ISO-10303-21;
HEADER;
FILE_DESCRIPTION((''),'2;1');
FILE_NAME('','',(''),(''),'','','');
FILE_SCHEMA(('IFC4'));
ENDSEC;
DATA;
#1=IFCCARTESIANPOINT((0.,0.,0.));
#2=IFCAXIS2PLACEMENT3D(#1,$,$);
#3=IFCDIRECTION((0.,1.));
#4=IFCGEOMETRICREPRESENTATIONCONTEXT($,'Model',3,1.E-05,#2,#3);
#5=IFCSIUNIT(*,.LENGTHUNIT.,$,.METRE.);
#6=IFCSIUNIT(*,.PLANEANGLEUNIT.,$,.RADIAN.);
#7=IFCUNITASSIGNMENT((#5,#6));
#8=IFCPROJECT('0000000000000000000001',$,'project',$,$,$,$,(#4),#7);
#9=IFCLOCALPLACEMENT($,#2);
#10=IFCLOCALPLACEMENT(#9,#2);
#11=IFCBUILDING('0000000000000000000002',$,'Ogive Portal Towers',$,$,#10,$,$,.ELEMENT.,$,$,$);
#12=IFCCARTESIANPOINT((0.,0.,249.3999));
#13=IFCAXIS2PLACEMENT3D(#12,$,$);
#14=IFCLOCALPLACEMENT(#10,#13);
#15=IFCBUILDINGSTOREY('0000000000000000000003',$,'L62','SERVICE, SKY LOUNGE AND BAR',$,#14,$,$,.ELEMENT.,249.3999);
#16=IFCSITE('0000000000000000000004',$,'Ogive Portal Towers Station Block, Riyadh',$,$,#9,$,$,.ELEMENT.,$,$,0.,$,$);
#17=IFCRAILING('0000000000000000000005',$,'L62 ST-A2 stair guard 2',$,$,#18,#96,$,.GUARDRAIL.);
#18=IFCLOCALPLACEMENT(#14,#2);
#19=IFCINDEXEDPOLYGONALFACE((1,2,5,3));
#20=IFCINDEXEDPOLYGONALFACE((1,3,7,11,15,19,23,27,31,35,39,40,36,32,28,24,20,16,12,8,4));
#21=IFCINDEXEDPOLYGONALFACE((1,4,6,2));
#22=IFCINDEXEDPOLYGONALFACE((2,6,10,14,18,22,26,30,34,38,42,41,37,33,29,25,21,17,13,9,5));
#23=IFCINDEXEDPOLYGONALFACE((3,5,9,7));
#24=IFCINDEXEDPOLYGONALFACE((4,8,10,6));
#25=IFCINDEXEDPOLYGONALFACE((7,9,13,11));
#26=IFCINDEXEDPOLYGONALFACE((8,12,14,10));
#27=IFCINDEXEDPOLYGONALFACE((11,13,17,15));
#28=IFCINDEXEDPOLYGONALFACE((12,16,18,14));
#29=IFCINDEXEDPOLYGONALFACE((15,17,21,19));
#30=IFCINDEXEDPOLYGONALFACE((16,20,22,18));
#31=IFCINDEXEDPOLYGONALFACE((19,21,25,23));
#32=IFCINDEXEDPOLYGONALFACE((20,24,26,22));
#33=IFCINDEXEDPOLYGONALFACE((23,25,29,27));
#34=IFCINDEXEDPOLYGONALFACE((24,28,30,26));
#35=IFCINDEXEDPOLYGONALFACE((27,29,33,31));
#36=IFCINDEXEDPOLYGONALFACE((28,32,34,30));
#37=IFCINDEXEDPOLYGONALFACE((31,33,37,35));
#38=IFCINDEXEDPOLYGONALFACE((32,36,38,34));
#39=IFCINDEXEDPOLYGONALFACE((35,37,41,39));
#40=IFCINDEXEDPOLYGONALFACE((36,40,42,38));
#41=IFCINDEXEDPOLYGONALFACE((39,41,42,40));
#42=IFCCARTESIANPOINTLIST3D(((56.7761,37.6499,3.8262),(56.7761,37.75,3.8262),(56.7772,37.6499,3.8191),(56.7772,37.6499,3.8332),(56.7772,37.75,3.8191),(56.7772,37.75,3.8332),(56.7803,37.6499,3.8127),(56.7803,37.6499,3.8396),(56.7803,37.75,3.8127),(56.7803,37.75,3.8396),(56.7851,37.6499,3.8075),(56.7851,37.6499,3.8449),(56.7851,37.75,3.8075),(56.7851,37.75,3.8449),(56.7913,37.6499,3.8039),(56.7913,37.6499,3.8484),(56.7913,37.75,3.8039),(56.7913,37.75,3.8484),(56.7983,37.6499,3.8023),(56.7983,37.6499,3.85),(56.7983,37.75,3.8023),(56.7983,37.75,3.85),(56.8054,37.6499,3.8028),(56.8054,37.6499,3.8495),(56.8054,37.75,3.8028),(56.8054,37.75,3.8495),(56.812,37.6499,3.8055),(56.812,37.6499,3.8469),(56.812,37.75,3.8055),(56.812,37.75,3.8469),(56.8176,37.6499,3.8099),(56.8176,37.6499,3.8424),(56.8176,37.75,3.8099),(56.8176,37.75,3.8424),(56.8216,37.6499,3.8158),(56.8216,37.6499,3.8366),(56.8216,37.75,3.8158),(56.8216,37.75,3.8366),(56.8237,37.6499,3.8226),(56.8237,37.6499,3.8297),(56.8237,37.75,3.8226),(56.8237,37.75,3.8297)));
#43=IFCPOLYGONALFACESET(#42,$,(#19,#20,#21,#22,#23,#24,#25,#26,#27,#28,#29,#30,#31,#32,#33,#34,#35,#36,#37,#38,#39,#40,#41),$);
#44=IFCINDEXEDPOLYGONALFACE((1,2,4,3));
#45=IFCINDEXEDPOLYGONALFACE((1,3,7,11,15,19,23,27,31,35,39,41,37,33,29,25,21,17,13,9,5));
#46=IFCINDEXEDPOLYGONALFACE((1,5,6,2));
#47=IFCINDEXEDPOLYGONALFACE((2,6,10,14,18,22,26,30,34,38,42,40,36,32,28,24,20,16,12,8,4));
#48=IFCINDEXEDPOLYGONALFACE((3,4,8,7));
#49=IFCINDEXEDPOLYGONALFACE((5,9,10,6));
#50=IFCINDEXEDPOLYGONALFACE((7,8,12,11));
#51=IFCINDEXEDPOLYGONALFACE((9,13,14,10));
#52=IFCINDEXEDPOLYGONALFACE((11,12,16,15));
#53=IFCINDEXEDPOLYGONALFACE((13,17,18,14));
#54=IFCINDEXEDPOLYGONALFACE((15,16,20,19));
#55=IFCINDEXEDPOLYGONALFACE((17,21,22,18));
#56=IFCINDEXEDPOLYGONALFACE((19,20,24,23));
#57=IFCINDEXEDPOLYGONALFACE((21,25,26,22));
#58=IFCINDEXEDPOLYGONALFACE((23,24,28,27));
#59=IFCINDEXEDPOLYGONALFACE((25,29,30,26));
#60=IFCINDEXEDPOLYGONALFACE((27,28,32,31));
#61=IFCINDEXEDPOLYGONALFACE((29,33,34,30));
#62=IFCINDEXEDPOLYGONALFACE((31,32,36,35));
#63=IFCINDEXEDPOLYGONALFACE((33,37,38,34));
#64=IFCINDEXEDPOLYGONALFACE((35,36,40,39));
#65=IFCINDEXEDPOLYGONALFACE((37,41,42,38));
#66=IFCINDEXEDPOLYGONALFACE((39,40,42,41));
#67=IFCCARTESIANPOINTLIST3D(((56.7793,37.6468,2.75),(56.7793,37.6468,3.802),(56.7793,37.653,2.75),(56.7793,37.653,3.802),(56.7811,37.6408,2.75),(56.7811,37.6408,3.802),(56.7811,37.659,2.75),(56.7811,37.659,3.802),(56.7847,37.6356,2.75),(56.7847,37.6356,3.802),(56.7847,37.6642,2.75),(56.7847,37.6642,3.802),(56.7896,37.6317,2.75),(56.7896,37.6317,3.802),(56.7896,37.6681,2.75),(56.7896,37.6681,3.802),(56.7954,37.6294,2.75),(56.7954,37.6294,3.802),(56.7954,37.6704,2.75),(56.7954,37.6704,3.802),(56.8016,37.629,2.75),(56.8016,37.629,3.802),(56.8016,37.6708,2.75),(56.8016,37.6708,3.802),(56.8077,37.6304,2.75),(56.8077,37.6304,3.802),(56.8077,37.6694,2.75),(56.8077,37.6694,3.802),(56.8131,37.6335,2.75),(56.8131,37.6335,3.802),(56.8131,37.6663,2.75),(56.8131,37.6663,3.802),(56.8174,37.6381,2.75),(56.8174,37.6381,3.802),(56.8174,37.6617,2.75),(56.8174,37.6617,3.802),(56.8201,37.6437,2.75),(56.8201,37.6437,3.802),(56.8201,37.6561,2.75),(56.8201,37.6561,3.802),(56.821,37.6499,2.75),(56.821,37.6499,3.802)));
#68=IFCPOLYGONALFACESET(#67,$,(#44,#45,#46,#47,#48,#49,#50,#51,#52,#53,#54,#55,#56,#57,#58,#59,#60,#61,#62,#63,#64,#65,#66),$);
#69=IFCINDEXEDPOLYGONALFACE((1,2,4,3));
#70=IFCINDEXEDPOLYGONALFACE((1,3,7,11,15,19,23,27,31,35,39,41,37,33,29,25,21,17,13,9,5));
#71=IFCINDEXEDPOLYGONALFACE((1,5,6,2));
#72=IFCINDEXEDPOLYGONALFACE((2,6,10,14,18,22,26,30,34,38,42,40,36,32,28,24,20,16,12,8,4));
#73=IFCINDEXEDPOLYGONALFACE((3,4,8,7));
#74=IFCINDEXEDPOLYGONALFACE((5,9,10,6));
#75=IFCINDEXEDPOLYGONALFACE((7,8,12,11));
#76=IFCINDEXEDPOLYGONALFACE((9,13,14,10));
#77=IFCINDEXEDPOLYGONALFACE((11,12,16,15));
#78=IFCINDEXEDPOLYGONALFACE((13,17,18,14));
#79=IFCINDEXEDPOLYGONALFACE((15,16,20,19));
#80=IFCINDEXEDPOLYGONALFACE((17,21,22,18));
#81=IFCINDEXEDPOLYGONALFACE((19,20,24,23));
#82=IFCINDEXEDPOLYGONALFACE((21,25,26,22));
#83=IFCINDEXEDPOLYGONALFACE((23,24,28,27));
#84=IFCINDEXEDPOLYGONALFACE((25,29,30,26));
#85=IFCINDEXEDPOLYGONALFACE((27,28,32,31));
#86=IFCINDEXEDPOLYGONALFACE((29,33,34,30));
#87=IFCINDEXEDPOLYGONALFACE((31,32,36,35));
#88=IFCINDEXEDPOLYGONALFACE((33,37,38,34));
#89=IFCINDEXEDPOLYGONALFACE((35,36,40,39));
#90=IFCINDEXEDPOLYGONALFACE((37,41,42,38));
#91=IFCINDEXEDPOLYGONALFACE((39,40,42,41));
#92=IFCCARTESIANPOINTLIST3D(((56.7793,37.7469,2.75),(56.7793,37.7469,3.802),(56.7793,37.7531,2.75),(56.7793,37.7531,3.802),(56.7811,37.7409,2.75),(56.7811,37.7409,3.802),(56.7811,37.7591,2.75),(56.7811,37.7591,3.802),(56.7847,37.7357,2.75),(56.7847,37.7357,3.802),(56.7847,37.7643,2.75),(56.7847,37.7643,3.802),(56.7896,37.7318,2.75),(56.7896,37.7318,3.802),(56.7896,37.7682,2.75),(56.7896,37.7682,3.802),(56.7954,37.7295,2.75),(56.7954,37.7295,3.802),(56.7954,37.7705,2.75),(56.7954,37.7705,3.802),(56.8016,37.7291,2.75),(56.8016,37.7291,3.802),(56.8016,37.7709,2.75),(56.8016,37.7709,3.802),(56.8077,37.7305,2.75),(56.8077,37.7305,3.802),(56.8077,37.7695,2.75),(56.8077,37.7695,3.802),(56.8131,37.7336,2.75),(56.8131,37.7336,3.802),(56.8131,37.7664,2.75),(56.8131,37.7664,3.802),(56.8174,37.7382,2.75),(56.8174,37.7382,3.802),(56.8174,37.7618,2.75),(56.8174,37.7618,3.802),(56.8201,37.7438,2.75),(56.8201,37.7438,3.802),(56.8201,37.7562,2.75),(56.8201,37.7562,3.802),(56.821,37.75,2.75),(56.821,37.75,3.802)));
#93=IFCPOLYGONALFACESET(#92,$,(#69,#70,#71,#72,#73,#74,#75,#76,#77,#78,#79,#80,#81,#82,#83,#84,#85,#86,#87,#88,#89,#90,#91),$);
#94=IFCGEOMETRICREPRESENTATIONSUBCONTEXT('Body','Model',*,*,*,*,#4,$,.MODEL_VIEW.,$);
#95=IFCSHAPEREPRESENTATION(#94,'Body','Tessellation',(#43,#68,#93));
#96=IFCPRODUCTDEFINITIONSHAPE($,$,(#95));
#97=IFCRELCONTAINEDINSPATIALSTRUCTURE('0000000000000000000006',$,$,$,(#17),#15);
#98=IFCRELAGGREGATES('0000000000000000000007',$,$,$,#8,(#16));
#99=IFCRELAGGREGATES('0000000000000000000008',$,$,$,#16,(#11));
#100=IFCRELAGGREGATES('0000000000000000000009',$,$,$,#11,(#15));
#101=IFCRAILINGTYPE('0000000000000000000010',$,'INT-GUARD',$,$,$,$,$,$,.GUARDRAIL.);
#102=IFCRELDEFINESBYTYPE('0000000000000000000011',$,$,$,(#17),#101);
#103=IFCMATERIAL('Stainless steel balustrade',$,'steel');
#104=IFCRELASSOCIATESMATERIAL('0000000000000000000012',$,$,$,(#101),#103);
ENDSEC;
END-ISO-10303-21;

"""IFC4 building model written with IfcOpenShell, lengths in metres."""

from ifc_helpers import new_model, si_unit, direction, frame, origin, origin_2d, place, context, subcontext, project, spatial, circle, extrude, material, type_object, element, save


model = new_model("IFC4")

# Units and contexts
model_context = context("Model", 3, precision=1e-05, world=origin(), true_north=direction((0.0, 1.0)))
body_context = subcontext(model_context, "Body", "Model", "MODEL_VIEW")
ifc_project = project(units=[si_unit("LENGTHUNIT", "METRE"), si_unit("PLANEANGLEUNIT", "RADIAN")], contexts=[model_context])

# Site, building, storey
site_placement = place(None, origin())
site = spatial("IfcSite", under=ifc_project, at=site_placement, Name="Ogive Portal Towers Station Block, Riyadh", CompositionType="ELEMENT", RefElevation=0.0)
building_placement = place(site_placement, origin())
building = spatial("IfcBuilding", under=site, at=building_placement, Name="Ogive Portal Towers", CompositionType="ELEMENT")
storey_placement = place(building_placement, frame((0.0, 0.0, 249.3999)))
storey = spatial("IfcBuildingStorey", under=building, at=storey_placement, Name="L62", Description="SERVICE, SKY LOUNGE AND BAR", CompositionType="ELEMENT", Elevation=249.3999)

# Railing
ifc_material_1 = material(Name="Stainless steel balustrade", Category="steel")
railing_type_1 = type_object("IfcRailingType", Name="INT-GUARD", PredefinedType="GUARDRAIL", material=ifc_material_1)
railing_1_placement = place(storey_placement, frame((56.8, 37.6499, 2.75)))
element("IfcRailing", 1, at=railing_1_placement, inside=storey, type_object=railing_type_1, Name="L62 ST-A2 stair guard 2", PredefinedType="GUARDRAIL", context=body_context, shape_type="SweptSolid", body=[
    extrude(circle(Radius=0.0239, at=origin_2d()), frame((0.0, 0.0, 1.0762), z_axis=(0.0, 1.0, 0.0), x_axis=(-1.0, 0.0, 0.0)), (0.0, 0.0, 1.0), 0.1001),
    extrude(circle(Radius=0.021, at=origin_2d()), origin(), (0.0, 0.0, 1.0), 1.052),
    extrude(circle(Radius=0.021, at=origin_2d()), frame((0.0, 0.1001, 0.0)), (0.0, 0.0, 1.0), 1.052),
])

save(model, "model.ifc")
